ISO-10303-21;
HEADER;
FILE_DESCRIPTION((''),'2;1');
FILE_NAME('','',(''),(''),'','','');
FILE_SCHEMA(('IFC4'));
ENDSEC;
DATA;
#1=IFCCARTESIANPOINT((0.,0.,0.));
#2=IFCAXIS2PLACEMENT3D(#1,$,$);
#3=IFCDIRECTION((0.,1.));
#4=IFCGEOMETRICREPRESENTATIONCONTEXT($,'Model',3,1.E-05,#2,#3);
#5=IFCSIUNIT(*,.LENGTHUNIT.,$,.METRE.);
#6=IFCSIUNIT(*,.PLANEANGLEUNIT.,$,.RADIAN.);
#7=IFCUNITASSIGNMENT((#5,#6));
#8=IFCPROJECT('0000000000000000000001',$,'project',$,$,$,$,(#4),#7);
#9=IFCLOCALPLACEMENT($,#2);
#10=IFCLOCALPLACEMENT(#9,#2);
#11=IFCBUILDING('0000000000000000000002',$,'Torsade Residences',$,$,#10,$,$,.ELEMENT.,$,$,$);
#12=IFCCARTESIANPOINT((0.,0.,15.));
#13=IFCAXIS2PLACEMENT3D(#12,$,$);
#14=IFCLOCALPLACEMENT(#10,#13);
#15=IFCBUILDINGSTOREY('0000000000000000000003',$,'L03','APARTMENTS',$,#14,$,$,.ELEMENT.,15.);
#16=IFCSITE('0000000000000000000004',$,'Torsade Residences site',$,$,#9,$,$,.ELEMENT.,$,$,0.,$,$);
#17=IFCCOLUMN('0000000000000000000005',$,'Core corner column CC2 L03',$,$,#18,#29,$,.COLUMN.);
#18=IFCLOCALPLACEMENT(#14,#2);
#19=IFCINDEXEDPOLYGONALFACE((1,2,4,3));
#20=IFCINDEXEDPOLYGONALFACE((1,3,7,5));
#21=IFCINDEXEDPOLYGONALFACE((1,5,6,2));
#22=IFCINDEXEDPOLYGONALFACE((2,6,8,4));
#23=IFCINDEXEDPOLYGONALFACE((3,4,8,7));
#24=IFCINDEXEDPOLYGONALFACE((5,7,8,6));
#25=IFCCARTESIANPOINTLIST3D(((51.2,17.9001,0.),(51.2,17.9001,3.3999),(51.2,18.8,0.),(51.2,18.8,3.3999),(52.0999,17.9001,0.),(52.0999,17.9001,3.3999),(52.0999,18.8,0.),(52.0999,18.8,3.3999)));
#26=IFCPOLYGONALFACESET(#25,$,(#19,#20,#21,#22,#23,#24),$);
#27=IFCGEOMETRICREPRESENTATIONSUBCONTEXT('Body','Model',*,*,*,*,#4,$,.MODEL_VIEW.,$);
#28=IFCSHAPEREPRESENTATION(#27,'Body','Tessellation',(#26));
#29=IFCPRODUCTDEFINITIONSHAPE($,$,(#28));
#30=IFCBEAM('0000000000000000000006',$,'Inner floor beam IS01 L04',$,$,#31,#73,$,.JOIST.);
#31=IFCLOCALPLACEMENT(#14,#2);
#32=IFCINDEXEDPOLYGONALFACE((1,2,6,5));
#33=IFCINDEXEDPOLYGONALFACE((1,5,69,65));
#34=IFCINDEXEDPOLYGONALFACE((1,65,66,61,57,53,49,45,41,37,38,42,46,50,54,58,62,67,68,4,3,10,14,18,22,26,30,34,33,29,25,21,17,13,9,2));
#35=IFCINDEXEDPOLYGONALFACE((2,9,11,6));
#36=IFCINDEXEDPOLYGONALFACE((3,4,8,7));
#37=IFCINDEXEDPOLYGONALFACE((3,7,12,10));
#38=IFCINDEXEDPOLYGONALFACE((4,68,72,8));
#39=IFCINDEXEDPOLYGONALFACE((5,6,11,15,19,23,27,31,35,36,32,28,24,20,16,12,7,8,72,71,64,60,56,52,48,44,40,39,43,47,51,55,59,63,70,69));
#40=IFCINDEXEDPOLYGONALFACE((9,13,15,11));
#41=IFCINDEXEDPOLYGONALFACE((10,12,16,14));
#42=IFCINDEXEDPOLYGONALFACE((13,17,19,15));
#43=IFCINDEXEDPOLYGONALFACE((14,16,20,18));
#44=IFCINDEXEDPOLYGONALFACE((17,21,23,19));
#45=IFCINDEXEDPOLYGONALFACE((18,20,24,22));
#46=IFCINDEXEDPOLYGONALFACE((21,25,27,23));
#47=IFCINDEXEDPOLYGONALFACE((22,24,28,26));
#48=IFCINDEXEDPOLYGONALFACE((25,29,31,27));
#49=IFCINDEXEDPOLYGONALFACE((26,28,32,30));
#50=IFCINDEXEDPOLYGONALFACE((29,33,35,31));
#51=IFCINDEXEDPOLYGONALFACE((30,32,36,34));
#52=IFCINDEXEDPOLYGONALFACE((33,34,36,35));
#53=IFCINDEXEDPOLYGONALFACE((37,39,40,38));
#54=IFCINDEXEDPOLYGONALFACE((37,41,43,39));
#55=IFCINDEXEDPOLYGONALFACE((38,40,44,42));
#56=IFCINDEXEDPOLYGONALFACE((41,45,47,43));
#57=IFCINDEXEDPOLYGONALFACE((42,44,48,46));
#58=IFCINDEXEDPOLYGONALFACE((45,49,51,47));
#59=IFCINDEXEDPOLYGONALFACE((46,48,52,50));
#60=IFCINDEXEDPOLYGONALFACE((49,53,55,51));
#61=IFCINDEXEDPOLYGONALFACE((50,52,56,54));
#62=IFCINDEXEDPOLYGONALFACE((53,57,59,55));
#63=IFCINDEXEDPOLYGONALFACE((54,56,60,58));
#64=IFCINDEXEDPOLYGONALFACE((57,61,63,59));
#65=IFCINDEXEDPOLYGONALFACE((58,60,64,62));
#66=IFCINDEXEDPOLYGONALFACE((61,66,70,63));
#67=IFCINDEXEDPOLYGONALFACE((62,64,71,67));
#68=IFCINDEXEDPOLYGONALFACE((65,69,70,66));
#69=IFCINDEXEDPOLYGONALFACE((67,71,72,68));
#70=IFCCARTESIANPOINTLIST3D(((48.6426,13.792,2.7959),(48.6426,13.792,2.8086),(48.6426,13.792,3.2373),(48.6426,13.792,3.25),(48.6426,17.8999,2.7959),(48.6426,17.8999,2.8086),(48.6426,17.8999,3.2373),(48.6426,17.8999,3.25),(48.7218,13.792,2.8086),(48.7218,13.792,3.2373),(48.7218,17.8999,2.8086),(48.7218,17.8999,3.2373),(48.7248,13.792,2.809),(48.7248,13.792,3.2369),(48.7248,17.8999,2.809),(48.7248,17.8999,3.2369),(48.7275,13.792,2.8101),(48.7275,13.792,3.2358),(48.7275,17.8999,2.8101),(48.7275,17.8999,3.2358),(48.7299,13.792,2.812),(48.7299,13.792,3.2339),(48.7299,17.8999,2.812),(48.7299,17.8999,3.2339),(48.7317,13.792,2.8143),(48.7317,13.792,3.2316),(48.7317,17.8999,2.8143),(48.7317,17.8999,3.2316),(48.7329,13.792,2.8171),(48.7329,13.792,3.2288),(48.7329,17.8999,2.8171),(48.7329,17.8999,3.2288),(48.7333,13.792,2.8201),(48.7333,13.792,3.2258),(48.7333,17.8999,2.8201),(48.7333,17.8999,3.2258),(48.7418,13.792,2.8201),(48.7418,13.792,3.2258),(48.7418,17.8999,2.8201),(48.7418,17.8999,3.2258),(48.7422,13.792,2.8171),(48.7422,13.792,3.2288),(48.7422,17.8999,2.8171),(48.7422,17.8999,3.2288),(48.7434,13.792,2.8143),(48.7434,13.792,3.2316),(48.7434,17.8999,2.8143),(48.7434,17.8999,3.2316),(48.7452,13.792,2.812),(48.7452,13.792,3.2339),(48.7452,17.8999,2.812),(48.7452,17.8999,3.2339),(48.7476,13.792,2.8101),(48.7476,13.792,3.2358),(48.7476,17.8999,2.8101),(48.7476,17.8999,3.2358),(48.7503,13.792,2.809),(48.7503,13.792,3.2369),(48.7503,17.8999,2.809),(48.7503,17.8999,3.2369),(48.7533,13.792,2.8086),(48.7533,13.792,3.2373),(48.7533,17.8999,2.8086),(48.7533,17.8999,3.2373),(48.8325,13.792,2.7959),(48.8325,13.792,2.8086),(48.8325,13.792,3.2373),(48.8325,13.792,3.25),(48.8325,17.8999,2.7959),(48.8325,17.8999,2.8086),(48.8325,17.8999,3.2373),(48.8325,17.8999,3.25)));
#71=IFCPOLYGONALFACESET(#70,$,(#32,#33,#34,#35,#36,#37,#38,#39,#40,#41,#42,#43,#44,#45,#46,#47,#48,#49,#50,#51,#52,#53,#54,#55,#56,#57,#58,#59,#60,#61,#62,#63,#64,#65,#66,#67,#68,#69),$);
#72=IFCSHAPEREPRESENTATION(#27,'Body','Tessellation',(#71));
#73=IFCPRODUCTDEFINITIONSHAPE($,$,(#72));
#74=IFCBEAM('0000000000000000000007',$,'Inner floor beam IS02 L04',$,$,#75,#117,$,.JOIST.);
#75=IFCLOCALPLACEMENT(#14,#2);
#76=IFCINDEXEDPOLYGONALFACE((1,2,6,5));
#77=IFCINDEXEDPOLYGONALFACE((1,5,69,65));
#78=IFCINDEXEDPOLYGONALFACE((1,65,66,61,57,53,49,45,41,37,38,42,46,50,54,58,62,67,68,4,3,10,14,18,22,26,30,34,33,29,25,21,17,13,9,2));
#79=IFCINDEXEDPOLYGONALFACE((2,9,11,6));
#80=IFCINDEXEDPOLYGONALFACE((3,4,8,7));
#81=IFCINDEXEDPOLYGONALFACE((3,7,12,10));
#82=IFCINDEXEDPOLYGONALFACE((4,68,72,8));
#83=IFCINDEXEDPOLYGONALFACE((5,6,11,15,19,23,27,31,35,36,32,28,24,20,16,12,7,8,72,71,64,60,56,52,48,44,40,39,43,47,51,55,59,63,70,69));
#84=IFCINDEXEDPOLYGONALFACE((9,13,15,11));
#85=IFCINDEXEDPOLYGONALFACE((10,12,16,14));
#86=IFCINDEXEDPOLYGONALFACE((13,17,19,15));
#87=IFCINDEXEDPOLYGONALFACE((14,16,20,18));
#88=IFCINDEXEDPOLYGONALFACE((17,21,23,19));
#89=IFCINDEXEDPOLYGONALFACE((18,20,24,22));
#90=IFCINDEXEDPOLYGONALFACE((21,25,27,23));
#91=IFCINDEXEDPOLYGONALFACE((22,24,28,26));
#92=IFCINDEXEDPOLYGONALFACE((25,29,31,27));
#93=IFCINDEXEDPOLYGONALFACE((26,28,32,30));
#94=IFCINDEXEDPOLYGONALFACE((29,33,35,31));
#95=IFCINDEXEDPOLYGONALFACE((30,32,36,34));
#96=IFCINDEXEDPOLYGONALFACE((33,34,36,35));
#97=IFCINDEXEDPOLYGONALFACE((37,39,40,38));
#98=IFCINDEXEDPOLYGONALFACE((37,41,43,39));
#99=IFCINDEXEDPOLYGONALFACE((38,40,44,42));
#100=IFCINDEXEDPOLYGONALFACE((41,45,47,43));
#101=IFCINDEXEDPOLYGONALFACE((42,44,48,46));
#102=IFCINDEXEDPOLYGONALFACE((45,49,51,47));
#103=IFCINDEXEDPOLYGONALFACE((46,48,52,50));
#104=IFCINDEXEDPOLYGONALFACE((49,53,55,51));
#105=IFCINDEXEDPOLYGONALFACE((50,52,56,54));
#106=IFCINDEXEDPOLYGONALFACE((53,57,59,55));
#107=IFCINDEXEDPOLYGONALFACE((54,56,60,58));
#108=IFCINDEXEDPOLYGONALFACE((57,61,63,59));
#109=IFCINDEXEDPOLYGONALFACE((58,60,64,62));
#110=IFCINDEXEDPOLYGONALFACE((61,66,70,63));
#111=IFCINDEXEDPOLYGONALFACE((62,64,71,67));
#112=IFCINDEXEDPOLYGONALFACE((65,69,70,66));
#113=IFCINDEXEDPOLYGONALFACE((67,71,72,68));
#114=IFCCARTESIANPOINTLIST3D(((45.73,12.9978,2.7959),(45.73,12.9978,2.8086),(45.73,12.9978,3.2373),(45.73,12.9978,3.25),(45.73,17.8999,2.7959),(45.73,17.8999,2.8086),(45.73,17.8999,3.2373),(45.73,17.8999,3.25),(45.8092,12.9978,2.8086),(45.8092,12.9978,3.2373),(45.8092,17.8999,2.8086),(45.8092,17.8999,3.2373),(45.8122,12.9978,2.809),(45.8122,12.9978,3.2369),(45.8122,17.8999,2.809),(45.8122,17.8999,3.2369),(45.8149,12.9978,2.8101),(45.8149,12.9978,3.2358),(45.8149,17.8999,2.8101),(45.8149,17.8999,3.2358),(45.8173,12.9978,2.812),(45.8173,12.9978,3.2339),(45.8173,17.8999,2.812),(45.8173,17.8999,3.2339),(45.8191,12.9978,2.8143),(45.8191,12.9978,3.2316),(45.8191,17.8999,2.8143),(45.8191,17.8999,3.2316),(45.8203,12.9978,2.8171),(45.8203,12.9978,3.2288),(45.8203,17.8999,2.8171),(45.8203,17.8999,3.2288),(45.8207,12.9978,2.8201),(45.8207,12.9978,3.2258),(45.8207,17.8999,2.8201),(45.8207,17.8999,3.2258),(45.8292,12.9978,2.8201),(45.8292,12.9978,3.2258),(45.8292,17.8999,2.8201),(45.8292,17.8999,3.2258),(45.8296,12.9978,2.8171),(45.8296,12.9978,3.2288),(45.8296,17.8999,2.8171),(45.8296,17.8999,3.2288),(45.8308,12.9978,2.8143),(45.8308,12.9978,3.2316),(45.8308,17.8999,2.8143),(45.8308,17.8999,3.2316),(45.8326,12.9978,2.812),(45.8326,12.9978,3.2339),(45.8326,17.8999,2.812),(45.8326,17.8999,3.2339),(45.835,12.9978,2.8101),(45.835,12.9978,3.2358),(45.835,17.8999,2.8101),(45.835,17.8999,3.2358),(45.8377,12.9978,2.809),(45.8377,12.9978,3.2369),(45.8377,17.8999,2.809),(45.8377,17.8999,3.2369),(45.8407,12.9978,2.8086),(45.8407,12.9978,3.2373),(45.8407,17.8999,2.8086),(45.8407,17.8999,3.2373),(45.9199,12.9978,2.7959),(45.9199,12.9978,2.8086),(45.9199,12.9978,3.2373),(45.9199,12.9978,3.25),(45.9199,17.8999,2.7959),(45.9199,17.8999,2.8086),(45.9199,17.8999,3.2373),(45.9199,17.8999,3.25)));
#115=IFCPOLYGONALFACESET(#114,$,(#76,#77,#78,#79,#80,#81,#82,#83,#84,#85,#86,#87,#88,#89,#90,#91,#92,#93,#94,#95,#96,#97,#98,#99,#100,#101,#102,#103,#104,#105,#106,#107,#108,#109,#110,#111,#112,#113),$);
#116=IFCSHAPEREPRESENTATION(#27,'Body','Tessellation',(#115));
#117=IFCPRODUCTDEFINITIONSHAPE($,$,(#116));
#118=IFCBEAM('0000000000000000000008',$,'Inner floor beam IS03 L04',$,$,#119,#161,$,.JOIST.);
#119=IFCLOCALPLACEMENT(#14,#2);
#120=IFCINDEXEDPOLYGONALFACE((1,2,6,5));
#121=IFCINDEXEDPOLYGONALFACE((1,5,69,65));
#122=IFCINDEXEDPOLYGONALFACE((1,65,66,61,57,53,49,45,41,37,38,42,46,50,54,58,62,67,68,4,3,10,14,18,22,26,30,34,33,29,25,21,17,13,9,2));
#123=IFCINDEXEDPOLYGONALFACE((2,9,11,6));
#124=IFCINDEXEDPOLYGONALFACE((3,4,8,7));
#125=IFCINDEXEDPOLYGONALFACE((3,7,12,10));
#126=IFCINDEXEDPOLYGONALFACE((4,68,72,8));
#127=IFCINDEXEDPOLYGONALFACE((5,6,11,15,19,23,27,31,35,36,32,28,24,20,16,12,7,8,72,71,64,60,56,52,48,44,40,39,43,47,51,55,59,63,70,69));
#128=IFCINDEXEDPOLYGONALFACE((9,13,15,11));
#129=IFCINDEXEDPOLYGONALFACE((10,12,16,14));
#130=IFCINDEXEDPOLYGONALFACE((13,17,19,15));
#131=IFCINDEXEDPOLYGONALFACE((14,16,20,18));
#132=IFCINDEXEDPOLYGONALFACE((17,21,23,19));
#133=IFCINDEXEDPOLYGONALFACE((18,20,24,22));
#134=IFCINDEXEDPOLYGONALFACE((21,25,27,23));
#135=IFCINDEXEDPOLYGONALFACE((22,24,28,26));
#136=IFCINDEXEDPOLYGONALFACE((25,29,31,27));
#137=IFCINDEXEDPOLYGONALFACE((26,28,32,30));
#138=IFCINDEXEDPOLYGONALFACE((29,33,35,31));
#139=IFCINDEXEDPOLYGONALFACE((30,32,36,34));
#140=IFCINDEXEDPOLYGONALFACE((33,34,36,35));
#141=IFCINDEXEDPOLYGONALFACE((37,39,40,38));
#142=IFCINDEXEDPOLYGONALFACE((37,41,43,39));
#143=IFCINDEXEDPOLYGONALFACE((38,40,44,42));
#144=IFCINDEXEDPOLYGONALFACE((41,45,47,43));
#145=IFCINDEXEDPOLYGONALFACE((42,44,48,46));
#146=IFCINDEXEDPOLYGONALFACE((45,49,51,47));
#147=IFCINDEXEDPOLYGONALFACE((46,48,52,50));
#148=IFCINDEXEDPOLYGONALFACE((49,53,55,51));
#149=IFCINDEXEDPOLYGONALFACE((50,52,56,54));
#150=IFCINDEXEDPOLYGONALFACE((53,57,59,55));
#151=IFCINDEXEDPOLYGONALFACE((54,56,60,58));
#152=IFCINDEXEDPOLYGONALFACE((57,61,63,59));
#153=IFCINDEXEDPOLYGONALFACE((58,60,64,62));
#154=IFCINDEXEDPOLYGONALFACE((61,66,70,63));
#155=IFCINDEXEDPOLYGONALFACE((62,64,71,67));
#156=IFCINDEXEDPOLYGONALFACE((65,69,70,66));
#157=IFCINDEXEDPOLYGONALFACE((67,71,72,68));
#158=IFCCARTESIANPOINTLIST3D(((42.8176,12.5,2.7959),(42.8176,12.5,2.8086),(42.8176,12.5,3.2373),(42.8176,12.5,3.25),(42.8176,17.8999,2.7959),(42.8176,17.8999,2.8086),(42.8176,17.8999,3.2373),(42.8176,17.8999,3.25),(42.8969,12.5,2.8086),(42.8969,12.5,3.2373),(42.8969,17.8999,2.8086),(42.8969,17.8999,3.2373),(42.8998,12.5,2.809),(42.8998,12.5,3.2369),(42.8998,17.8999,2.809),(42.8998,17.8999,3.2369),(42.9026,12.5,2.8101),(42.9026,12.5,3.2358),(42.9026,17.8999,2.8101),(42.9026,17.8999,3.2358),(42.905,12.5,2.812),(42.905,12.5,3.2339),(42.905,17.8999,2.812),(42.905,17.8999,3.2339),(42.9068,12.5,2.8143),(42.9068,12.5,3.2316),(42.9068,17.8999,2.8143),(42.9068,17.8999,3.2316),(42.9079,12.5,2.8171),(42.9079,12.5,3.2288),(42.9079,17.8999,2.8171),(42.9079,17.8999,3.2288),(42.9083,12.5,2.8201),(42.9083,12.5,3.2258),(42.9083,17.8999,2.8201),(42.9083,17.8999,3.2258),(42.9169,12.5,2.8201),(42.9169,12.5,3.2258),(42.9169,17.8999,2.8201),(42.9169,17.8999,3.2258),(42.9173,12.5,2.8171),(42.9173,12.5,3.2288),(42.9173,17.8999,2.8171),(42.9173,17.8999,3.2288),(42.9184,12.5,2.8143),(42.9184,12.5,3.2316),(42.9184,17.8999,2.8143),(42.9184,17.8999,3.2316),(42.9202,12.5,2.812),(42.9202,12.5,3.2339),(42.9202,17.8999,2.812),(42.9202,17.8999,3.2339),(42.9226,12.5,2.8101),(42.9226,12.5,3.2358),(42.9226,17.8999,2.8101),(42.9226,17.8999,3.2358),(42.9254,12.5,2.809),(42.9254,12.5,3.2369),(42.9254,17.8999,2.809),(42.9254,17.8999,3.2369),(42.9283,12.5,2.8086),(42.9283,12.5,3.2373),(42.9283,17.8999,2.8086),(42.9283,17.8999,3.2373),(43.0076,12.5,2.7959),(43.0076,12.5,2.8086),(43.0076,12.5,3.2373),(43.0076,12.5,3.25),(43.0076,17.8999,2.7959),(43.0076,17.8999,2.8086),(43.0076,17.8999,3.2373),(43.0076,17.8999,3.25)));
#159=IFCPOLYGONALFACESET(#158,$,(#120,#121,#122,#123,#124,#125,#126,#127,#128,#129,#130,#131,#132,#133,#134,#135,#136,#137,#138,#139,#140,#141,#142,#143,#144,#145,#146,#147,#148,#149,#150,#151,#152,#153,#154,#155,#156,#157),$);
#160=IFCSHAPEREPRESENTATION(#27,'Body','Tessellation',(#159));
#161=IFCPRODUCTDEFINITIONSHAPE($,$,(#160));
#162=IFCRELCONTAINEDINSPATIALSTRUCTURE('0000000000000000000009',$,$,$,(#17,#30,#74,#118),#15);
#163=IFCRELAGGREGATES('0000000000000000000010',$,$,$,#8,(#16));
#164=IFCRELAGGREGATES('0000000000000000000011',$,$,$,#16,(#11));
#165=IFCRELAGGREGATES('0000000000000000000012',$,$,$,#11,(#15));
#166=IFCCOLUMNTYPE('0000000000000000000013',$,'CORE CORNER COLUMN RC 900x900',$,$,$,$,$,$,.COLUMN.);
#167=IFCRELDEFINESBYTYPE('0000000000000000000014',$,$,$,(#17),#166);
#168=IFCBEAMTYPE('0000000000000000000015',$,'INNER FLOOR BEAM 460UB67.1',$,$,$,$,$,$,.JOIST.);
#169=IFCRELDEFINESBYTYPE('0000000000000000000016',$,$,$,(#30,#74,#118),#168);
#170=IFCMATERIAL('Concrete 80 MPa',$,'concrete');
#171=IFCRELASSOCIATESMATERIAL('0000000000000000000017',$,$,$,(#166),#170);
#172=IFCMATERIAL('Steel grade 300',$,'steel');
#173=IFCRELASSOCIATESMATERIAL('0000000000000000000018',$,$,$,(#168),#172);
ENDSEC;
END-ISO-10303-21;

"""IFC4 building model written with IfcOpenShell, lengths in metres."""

from ifc_helpers import new_model, si_unit, direction, frame, origin, origin_2d, place, context, subcontext, project, spatial, rectangle, i_section, extrude, material, material_profile, profile_set, type_object, element, save


model = new_model("IFC4")

# Units and contexts
model_context = context("Model", 3, precision=1e-05, world=origin(), true_north=direction((0.0, 1.0)))
body_context = subcontext(model_context, "Body", "Model", "MODEL_VIEW")
ifc_project = project(units=[si_unit("LENGTHUNIT", "METRE"), si_unit("PLANEANGLEUNIT", "RADIAN")], contexts=[model_context])

# Site, building, storey
site_placement = place(None, origin())
site = spatial("IfcSite", under=ifc_project, at=site_placement, Name="Torsade Residences site", CompositionType="ELEMENT", RefElevation=0.0)
building_placement = place(site_placement, origin())
building = spatial("IfcBuilding", under=site, at=building_placement, Name="Torsade Residences", CompositionType="ELEMENT")
storey_placement = place(building_placement, frame((0.0, 0.0, 15.0)))
storey = spatial("IfcBuildingStorey", under=building, at=storey_placement, Name="L03", Description="APARTMENTS", CompositionType="ELEMENT", Elevation=15.0)

# Column
ifc_material_1 = material(Name="Concrete 80 MPa", Category="concrete")
ifc_material_profile_1 = material_profile(ifc_material_1, rectangle(XDim=0.8999, YDim=0.8999, at=origin_2d()), Name="RC 900x900")
ifc_profile_set_1 = profile_set([ifc_material_profile_1], Name="Concrete 80 MPa")
column_type = type_object("IfcColumnType", Name="CORE CORNER COLUMN RC 900x900", PredefinedType="COLUMN", material=ifc_profile_set_1)
column_placement = place(storey_placement, frame((51.6499, 18.3501, 0.0), z_axis=(0.0, 0.0, 1.0), x_axis=(1.0, 0.0, 0.0)))
element("IfcColumn", 1, at=column_placement, inside=storey, type_object=column_type, Name="Core corner column CC2 L03", PredefinedType="COLUMN", context=body_context, shape_type="SweptSolid", body=[
    extrude(rectangle(XDim=0.8999, YDim=0.8999, at=origin_2d()), origin(), (0.0, 0.0, 1.0), 3.3999),
])

# Beams
ifc_material_2 = material(Name="Steel grade 300", Category="steel")
ifc_material_profile_2 = material_profile(ifc_material_2, i_section(OverallWidth=0.1899, OverallDepth=0.4541, WebThickness=0.0085, FlangeThickness=0.0127, FilletRadius=0.0115, at=origin_2d()), Name="460UB67.1")
ifc_profile_set_2 = profile_set([ifc_material_profile_2], Name="Steel grade 300")
beam_type_1 = type_object("IfcBeamType", Name="INNER FLOOR BEAM 460UB67.1", PredefinedType="JOIST", material=ifc_profile_set_2)
beam_1_placement = place(storey_placement, frame((48.7375, 17.8999, 3.0229), z_axis=(0.0, -1.0, 0.0), x_axis=(1.0, 0.0, 0.0)))
element("IfcBeam", 2, at=beam_1_placement, inside=storey, type_object=beam_type_1, Name="Inner floor beam IS01 L04", PredefinedType="JOIST", context=body_context, shape_type="SweptSolid", body=[
    extrude(i_section(OverallWidth=0.1899, OverallDepth=0.4541, WebThickness=0.0085, FlangeThickness=0.0127, FilletRadius=0.0115, at=origin_2d()), origin(), (0.0, 0.0, 1.0), 4.1079),
])
beam_2_placement = place(storey_placement, frame((45.825, 17.8999, 3.0229), z_axis=(0.0, -1.0, 0.0), x_axis=(1.0, 0.0, 0.0)))
element("IfcBeam", 3, at=beam_2_placement, inside=storey, type_object=beam_type_1, Name="Inner floor beam IS02 L04", PredefinedType="JOIST", context=body_context, shape_type="SweptSolid", body=[
    extrude(i_section(OverallWidth=0.1899, OverallDepth=0.4541, WebThickness=0.0085, FlangeThickness=0.0127, FilletRadius=0.0115, at=origin_2d()), origin(), (0.0, 0.0, 1.0), 4.9021),
])
for number, where, z_axis, x_axis, name in (
    (4, (42.9126, 17.8999, 3.0229), (0.0, -1.0, 0.0), (1.0, 0.0, 0.0), "Inner floor beam IS03 L04"),
):
    element("IfcBeam", number, at=place(storey_placement, frame(where, z_axis=z_axis, x_axis=x_axis)), inside=storey, type_object=beam_type_1, Name=name, PredefinedType="JOIST", context=body_context, shape_type="SweptSolid", body=[
        extrude(i_section(OverallWidth=0.1899, OverallDepth=0.4541, WebThickness=0.0085, FlangeThickness=0.0127, FilletRadius=0.0115, at=origin_2d()), origin(), (0.0, 0.0, 1.0), 5.3999),
    ])

save(model, "model.ifc")
